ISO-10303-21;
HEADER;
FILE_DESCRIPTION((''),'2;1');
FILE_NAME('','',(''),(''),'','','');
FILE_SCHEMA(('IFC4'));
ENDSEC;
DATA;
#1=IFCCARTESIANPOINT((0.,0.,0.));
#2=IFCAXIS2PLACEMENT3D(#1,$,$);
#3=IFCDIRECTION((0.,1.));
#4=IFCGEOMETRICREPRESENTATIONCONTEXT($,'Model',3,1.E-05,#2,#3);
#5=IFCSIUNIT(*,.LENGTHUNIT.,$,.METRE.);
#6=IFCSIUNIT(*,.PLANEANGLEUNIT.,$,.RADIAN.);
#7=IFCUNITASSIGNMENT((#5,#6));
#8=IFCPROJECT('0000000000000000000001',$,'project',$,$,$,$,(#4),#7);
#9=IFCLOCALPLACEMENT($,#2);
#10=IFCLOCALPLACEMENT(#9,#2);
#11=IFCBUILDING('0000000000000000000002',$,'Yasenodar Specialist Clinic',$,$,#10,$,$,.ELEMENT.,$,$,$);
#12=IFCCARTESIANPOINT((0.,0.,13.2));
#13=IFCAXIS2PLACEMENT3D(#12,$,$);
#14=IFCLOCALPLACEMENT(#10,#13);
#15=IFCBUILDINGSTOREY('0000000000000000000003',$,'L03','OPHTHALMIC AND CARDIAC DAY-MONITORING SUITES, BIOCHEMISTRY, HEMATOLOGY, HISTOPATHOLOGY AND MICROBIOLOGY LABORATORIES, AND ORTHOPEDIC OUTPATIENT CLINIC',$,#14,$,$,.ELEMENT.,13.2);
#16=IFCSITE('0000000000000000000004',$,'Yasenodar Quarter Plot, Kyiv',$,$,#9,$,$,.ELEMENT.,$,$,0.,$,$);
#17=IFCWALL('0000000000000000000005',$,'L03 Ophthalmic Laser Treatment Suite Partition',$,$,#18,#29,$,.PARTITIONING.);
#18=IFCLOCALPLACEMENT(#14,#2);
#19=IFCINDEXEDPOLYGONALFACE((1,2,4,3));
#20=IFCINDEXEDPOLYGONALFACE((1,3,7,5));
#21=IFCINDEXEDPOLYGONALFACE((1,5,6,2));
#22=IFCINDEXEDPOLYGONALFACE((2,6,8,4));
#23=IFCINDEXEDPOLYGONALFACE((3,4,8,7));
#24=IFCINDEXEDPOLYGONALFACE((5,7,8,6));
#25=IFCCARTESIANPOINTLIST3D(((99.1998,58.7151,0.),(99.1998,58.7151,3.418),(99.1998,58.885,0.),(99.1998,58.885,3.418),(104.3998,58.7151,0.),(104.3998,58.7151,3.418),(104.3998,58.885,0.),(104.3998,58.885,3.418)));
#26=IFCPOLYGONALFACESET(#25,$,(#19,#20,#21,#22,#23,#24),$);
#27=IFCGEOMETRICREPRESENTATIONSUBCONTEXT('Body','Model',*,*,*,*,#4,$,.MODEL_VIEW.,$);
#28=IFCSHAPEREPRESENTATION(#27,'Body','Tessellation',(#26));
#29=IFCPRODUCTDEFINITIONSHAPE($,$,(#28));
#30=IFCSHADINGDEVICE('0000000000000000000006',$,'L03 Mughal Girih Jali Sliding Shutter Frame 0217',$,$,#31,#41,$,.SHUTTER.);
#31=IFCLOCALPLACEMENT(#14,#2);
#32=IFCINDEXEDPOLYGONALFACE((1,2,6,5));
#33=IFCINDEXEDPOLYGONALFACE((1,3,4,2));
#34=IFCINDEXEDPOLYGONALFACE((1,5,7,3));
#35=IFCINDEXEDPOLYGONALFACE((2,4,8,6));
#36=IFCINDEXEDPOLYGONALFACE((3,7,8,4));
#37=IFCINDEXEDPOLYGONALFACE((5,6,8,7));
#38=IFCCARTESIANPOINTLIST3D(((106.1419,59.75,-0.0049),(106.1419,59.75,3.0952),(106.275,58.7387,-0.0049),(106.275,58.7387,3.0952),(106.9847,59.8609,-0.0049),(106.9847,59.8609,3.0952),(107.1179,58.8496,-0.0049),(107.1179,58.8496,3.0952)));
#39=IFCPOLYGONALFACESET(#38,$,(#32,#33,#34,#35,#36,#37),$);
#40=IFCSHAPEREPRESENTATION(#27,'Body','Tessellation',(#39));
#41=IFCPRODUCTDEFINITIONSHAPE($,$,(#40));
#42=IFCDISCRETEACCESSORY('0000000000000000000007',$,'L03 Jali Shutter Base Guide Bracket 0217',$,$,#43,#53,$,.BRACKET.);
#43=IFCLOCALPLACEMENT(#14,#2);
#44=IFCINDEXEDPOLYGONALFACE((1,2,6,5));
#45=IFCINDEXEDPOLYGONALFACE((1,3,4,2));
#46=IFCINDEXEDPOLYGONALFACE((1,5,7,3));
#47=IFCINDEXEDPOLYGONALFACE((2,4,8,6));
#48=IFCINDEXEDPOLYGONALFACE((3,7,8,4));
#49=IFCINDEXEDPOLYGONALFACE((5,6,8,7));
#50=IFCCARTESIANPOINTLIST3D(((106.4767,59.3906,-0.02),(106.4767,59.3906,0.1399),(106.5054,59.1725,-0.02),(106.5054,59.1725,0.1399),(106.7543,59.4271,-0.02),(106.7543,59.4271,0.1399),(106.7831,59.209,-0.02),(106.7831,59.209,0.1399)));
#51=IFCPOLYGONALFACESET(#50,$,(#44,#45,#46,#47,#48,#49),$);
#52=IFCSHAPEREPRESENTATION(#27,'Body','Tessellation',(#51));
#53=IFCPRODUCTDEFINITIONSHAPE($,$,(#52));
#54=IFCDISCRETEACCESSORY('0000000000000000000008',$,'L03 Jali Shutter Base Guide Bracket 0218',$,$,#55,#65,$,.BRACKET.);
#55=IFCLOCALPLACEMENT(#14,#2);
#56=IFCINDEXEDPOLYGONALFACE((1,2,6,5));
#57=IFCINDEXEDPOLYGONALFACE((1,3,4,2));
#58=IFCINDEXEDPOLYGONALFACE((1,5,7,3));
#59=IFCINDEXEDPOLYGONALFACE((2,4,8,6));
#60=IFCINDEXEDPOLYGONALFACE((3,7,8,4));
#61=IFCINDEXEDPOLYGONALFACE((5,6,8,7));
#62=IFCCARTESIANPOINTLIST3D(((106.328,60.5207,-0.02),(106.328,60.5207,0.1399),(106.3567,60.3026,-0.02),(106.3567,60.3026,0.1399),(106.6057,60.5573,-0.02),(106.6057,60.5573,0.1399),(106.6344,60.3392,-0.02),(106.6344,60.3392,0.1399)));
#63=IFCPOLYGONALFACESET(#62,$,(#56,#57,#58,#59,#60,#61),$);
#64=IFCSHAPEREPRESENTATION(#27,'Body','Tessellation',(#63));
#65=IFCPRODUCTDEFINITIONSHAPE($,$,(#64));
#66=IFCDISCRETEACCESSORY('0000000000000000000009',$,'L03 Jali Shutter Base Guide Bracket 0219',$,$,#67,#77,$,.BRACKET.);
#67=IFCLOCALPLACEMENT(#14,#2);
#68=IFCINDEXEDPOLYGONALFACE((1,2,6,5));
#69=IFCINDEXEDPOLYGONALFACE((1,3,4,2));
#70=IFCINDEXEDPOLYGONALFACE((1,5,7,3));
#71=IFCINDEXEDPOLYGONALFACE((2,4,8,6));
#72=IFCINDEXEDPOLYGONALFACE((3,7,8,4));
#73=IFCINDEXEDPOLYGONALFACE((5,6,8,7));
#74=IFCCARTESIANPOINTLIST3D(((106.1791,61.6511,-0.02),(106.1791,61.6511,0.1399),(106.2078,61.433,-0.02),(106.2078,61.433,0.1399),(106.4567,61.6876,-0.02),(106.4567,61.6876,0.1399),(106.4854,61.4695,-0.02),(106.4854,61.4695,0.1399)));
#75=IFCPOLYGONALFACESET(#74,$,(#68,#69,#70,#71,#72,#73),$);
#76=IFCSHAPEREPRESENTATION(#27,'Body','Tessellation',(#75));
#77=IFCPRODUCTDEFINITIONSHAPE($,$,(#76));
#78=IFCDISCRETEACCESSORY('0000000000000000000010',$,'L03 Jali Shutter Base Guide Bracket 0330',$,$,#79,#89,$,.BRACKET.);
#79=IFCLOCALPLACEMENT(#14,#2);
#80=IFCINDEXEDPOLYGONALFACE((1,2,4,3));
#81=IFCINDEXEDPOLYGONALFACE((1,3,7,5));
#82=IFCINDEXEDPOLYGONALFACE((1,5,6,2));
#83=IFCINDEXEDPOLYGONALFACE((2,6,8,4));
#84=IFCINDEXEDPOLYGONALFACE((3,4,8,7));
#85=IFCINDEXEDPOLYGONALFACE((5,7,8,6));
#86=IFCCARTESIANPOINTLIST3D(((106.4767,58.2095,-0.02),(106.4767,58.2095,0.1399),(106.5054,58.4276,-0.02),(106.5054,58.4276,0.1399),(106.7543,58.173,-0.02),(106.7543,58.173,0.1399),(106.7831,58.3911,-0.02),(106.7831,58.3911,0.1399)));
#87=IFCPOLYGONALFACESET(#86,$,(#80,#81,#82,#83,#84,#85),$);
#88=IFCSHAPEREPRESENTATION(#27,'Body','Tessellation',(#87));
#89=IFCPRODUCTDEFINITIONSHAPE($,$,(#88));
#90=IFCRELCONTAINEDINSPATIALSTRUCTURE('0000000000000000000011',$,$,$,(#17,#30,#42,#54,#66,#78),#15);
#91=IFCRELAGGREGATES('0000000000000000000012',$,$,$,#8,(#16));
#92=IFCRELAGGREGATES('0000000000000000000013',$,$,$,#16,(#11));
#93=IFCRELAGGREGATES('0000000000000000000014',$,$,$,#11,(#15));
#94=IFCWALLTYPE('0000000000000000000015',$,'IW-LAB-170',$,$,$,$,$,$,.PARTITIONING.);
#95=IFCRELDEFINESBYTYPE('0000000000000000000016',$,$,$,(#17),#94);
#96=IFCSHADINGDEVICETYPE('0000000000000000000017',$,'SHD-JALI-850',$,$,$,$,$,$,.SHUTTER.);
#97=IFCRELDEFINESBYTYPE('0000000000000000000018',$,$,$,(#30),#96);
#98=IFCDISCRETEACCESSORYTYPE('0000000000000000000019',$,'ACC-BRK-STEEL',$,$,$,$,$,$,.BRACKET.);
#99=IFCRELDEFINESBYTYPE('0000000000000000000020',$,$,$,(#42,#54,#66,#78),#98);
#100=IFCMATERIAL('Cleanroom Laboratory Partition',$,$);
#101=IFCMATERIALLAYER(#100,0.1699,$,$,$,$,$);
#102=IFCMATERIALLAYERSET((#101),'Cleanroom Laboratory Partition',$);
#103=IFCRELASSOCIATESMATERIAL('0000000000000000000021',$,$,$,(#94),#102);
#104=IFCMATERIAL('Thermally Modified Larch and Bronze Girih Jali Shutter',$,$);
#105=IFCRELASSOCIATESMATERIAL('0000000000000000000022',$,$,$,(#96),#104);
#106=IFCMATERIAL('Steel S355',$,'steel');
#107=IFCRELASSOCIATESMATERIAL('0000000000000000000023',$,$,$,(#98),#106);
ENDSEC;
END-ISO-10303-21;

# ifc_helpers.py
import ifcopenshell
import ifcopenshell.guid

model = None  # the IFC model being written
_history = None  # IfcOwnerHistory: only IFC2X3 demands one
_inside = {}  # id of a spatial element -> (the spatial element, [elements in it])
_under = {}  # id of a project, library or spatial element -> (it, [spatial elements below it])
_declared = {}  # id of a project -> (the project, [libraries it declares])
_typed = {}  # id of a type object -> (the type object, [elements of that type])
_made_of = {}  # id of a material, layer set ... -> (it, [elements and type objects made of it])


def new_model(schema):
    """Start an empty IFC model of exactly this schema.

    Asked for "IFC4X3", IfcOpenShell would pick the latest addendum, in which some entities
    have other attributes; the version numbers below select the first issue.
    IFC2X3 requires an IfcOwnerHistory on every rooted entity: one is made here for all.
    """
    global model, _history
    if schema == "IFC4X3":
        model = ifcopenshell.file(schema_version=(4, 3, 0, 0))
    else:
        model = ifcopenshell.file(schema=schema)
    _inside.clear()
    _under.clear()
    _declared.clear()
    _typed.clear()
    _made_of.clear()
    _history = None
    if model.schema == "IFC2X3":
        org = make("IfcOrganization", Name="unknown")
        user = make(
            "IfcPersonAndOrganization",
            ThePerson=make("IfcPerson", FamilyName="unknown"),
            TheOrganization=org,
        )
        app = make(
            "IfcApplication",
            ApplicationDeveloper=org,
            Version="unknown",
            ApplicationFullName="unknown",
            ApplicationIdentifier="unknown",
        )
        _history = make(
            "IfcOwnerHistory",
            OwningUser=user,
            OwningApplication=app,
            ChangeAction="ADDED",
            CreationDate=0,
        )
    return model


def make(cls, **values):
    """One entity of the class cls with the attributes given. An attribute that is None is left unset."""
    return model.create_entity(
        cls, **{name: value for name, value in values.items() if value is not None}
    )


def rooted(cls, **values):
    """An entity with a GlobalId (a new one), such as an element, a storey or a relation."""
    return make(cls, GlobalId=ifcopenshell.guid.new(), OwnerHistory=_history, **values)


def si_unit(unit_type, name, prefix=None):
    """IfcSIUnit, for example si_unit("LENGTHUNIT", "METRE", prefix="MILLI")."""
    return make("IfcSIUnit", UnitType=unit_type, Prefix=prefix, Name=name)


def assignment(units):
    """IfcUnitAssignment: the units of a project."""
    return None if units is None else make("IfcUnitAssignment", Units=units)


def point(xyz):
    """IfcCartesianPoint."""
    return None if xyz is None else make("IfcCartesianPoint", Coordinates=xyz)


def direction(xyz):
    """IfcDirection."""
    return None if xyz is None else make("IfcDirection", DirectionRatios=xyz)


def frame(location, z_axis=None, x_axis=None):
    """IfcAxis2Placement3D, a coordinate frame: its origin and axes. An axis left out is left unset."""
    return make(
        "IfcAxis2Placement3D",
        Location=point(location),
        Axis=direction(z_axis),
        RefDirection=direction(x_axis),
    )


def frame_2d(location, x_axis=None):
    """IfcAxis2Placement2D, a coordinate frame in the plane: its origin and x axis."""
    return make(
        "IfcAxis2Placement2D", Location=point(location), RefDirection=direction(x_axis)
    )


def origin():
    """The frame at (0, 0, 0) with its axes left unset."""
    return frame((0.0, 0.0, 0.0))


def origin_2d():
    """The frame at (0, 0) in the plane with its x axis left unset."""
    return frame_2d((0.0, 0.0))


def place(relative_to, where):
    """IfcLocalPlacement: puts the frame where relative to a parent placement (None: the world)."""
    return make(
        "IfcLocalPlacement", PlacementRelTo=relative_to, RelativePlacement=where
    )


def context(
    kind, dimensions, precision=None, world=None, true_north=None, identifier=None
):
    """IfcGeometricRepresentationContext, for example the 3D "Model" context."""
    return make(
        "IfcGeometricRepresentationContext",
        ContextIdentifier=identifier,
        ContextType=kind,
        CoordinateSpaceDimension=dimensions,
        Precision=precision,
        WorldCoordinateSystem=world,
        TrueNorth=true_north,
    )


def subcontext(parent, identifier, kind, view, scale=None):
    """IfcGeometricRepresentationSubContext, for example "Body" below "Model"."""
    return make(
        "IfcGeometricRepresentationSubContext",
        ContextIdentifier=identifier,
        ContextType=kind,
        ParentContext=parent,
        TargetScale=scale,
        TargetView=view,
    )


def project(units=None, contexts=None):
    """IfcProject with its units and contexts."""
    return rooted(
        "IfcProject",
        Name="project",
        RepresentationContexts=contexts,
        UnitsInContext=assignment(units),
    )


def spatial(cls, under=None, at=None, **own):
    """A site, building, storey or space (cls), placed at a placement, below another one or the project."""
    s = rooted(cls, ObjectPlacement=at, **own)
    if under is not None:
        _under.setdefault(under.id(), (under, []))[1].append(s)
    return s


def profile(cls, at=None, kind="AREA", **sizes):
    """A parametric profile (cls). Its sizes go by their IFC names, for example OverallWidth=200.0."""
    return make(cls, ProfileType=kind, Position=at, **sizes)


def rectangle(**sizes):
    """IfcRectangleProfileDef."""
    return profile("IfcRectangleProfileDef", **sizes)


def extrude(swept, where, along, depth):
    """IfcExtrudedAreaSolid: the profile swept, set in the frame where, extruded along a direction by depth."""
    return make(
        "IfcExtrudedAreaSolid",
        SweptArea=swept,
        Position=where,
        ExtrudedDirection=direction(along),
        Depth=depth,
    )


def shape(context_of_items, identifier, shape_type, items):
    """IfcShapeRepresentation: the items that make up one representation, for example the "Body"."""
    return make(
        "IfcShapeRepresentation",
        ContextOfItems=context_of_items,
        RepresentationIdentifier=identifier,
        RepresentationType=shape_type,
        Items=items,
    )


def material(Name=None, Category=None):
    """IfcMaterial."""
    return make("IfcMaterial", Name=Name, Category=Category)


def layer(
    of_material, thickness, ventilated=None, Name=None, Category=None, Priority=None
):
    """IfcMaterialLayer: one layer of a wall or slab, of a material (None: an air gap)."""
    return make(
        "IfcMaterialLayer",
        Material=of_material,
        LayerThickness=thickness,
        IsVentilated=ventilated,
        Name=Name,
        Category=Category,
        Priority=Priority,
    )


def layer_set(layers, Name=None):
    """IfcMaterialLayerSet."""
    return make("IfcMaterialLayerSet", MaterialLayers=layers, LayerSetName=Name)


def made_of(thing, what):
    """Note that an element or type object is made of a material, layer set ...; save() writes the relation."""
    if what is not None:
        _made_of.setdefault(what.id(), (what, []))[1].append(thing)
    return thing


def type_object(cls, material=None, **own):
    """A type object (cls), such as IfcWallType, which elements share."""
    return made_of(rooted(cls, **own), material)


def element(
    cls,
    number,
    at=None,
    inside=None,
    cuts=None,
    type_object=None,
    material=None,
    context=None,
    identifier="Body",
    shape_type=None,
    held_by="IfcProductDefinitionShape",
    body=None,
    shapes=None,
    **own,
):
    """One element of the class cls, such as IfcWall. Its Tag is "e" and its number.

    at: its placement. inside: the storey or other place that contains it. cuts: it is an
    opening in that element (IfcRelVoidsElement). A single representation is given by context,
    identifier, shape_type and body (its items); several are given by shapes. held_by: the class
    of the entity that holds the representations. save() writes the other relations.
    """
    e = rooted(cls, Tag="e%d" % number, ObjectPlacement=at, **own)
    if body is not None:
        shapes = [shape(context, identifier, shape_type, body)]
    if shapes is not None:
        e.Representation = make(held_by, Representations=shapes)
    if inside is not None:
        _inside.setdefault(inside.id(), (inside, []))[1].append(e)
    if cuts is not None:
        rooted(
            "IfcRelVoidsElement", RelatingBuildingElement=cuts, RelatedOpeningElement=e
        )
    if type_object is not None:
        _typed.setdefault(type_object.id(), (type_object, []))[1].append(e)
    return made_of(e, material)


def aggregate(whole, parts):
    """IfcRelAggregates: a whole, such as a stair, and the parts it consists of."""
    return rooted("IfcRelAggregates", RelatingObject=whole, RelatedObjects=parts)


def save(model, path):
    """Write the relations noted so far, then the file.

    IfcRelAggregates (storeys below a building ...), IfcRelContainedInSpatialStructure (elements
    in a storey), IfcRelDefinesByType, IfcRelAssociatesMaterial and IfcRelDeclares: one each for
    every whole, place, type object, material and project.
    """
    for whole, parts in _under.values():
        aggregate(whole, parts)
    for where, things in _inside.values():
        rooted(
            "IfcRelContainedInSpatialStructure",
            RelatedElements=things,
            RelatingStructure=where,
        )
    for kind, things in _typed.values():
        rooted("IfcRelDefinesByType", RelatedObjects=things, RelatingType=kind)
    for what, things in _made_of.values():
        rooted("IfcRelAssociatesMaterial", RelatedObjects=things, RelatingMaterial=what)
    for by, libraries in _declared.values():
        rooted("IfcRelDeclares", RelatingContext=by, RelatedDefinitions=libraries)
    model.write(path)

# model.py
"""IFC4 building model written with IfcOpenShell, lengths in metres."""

from ifc_helpers import new_model, si_unit, direction, frame, frame_2d, origin, origin_2d, place, context, subcontext, project, spatial, rectangle, extrude, material, layer, layer_set, type_object, element, save


model = new_model("IFC4")

# Units and contexts
model_context = context("Model", 3, precision=1e-05, world=origin(), true_north=direction((0.0, 1.0)))
body_context = subcontext(model_context, "Body", "Model", "MODEL_VIEW")
ifc_project = project(units=[si_unit("LENGTHUNIT", "METRE"), si_unit("PLANEANGLEUNIT", "RADIAN")], contexts=[model_context])

# Site, building, storey
site_placement = place(None, origin())
site = spatial("IfcSite", under=ifc_project, at=site_placement, Name="Yasenodar Quarter Plot, Kyiv", CompositionType="ELEMENT", RefElevation=0.0)
building_placement = place(site_placement, origin())
building = spatial("IfcBuilding", under=site, at=building_placement, Name="Yasenodar Specialist Clinic", CompositionType="ELEMENT")
storey_placement = place(building_placement, frame((0.0, 0.0, 13.2)))
storey = spatial("IfcBuildingStorey", under=building, at=storey_placement, Name="L03", Description="OPHTHALMIC AND CARDIAC DAY-MONITORING SUITES, BIOCHEMISTRY, HEMATOLOGY, HISTOPATHOLOGY AND MICROBIOLOGY LABORATORIES, AND ORTHOPEDIC OUTPATIENT CLINIC", CompositionType="ELEMENT", Elevation=13.2)

# Shared definitions
ifc_material_1 = material(Name="Steel S355", Category="steel")

# Wall
ifc_material_2 = material(Name="Cleanroom Laboratory Partition")
ifc_layer_1 = layer(ifc_material_2, 0.1699)
ifc_layer_set_1 = layer_set([ifc_layer_1], Name="Cleanroom Laboratory Partition")
wall_type = type_object("IfcWallType", Name="IW-LAB-170", PredefinedType="PARTITIONING", material=ifc_layer_set_1)
wall_placement = place(storey_placement, frame((104.3999, 58.8, 0.0), z_axis=(0.0, 0.0, 1.0), x_axis=(-1.0, 0.0, 0.0)))
element("IfcWall", 1, at=wall_placement, inside=storey, type_object=wall_type, Name="L03 Ophthalmic Laser Treatment Suite Partition", PredefinedType="PARTITIONING", context=body_context, shape_type="SweptSolid", body=[
    extrude(rectangle(XDim=5.2, YDim=0.1699, at=frame_2d((2.6001, 0.0))), origin(), (0.0, 0.0, 1.0), 3.418),
])

# Shading device
ifc_material_3 = material(Name="Thermally Modified Larch and Bronze Girih Jali Shutter")
shading_device_type = type_object("IfcShadingDeviceType", Name="SHD-JALI-850", PredefinedType="SHUTTER", material=ifc_material_3)
shading_device_placement = place(storey_placement, frame((106.6299, 59.2998, -0.0049), z_axis=(0.0, 0.0, 1.0), x_axis=(-0.130519, 0.991446, 0.0)))
element("IfcShadingDevice", 2, at=shading_device_placement, inside=storey, type_object=shading_device_type, Name="L03 Mughal Girih Jali Sliding Shutter Frame 0217", PredefinedType="SHUTTER", context=body_context, shape_type="SweptSolid", body=[
    extrude(rectangle(XDim=1.02, YDim=0.8501, at=origin_2d()), origin(), (0.0, 0.0, 1.0), 3.1001),
])

# Discrete accessories
discrete_accessory_type = type_object("IfcDiscreteAccessoryType", Name="ACC-BRK-STEEL", PredefinedType="BRACKET", material=ifc_material_1)
for number, where, z_axis, x_axis, name in (
    (3, (106.6299, 59.2998, -0.02), (0.0, 0.0, 1.0), (-0.130519, 0.991446, 0.0), "L03 Jali Shutter Base Guide Bracket 0217"),
    (4, (106.4812, 60.4299, -0.02), (0.0, 0.0, 1.0), (-0.130519, 0.991446, 0.0), "L03 Jali Shutter Base Guide Bracket 0218"),
    (5, (106.3323, 61.5603, -0.02), (0.0, 0.0, 1.0), (-0.130519, 0.991446, 0.0), "L03 Jali Shutter Base Guide Bracket 0219"),
    (6, (106.6299, 58.3003, -0.02), (0.0, 0.0, 1.0), (0.130519, 0.991446, 0.0), "L03 Jali Shutter Base Guide Bracket 0330"),
):
    element("IfcDiscreteAccessory", number, at=place(storey_placement, frame(where, z_axis=z_axis, x_axis=x_axis)), inside=storey, type_object=discrete_accessory_type, Name=name, PredefinedType="BRACKET", context=body_context, shape_type="SweptSolid", body=[
        extrude(rectangle(XDim=0.22, YDim=0.28, at=origin_2d()), origin(), (0.0, 0.0, 1.0), 0.1599),
    ])

save(model, "model.ifc")
